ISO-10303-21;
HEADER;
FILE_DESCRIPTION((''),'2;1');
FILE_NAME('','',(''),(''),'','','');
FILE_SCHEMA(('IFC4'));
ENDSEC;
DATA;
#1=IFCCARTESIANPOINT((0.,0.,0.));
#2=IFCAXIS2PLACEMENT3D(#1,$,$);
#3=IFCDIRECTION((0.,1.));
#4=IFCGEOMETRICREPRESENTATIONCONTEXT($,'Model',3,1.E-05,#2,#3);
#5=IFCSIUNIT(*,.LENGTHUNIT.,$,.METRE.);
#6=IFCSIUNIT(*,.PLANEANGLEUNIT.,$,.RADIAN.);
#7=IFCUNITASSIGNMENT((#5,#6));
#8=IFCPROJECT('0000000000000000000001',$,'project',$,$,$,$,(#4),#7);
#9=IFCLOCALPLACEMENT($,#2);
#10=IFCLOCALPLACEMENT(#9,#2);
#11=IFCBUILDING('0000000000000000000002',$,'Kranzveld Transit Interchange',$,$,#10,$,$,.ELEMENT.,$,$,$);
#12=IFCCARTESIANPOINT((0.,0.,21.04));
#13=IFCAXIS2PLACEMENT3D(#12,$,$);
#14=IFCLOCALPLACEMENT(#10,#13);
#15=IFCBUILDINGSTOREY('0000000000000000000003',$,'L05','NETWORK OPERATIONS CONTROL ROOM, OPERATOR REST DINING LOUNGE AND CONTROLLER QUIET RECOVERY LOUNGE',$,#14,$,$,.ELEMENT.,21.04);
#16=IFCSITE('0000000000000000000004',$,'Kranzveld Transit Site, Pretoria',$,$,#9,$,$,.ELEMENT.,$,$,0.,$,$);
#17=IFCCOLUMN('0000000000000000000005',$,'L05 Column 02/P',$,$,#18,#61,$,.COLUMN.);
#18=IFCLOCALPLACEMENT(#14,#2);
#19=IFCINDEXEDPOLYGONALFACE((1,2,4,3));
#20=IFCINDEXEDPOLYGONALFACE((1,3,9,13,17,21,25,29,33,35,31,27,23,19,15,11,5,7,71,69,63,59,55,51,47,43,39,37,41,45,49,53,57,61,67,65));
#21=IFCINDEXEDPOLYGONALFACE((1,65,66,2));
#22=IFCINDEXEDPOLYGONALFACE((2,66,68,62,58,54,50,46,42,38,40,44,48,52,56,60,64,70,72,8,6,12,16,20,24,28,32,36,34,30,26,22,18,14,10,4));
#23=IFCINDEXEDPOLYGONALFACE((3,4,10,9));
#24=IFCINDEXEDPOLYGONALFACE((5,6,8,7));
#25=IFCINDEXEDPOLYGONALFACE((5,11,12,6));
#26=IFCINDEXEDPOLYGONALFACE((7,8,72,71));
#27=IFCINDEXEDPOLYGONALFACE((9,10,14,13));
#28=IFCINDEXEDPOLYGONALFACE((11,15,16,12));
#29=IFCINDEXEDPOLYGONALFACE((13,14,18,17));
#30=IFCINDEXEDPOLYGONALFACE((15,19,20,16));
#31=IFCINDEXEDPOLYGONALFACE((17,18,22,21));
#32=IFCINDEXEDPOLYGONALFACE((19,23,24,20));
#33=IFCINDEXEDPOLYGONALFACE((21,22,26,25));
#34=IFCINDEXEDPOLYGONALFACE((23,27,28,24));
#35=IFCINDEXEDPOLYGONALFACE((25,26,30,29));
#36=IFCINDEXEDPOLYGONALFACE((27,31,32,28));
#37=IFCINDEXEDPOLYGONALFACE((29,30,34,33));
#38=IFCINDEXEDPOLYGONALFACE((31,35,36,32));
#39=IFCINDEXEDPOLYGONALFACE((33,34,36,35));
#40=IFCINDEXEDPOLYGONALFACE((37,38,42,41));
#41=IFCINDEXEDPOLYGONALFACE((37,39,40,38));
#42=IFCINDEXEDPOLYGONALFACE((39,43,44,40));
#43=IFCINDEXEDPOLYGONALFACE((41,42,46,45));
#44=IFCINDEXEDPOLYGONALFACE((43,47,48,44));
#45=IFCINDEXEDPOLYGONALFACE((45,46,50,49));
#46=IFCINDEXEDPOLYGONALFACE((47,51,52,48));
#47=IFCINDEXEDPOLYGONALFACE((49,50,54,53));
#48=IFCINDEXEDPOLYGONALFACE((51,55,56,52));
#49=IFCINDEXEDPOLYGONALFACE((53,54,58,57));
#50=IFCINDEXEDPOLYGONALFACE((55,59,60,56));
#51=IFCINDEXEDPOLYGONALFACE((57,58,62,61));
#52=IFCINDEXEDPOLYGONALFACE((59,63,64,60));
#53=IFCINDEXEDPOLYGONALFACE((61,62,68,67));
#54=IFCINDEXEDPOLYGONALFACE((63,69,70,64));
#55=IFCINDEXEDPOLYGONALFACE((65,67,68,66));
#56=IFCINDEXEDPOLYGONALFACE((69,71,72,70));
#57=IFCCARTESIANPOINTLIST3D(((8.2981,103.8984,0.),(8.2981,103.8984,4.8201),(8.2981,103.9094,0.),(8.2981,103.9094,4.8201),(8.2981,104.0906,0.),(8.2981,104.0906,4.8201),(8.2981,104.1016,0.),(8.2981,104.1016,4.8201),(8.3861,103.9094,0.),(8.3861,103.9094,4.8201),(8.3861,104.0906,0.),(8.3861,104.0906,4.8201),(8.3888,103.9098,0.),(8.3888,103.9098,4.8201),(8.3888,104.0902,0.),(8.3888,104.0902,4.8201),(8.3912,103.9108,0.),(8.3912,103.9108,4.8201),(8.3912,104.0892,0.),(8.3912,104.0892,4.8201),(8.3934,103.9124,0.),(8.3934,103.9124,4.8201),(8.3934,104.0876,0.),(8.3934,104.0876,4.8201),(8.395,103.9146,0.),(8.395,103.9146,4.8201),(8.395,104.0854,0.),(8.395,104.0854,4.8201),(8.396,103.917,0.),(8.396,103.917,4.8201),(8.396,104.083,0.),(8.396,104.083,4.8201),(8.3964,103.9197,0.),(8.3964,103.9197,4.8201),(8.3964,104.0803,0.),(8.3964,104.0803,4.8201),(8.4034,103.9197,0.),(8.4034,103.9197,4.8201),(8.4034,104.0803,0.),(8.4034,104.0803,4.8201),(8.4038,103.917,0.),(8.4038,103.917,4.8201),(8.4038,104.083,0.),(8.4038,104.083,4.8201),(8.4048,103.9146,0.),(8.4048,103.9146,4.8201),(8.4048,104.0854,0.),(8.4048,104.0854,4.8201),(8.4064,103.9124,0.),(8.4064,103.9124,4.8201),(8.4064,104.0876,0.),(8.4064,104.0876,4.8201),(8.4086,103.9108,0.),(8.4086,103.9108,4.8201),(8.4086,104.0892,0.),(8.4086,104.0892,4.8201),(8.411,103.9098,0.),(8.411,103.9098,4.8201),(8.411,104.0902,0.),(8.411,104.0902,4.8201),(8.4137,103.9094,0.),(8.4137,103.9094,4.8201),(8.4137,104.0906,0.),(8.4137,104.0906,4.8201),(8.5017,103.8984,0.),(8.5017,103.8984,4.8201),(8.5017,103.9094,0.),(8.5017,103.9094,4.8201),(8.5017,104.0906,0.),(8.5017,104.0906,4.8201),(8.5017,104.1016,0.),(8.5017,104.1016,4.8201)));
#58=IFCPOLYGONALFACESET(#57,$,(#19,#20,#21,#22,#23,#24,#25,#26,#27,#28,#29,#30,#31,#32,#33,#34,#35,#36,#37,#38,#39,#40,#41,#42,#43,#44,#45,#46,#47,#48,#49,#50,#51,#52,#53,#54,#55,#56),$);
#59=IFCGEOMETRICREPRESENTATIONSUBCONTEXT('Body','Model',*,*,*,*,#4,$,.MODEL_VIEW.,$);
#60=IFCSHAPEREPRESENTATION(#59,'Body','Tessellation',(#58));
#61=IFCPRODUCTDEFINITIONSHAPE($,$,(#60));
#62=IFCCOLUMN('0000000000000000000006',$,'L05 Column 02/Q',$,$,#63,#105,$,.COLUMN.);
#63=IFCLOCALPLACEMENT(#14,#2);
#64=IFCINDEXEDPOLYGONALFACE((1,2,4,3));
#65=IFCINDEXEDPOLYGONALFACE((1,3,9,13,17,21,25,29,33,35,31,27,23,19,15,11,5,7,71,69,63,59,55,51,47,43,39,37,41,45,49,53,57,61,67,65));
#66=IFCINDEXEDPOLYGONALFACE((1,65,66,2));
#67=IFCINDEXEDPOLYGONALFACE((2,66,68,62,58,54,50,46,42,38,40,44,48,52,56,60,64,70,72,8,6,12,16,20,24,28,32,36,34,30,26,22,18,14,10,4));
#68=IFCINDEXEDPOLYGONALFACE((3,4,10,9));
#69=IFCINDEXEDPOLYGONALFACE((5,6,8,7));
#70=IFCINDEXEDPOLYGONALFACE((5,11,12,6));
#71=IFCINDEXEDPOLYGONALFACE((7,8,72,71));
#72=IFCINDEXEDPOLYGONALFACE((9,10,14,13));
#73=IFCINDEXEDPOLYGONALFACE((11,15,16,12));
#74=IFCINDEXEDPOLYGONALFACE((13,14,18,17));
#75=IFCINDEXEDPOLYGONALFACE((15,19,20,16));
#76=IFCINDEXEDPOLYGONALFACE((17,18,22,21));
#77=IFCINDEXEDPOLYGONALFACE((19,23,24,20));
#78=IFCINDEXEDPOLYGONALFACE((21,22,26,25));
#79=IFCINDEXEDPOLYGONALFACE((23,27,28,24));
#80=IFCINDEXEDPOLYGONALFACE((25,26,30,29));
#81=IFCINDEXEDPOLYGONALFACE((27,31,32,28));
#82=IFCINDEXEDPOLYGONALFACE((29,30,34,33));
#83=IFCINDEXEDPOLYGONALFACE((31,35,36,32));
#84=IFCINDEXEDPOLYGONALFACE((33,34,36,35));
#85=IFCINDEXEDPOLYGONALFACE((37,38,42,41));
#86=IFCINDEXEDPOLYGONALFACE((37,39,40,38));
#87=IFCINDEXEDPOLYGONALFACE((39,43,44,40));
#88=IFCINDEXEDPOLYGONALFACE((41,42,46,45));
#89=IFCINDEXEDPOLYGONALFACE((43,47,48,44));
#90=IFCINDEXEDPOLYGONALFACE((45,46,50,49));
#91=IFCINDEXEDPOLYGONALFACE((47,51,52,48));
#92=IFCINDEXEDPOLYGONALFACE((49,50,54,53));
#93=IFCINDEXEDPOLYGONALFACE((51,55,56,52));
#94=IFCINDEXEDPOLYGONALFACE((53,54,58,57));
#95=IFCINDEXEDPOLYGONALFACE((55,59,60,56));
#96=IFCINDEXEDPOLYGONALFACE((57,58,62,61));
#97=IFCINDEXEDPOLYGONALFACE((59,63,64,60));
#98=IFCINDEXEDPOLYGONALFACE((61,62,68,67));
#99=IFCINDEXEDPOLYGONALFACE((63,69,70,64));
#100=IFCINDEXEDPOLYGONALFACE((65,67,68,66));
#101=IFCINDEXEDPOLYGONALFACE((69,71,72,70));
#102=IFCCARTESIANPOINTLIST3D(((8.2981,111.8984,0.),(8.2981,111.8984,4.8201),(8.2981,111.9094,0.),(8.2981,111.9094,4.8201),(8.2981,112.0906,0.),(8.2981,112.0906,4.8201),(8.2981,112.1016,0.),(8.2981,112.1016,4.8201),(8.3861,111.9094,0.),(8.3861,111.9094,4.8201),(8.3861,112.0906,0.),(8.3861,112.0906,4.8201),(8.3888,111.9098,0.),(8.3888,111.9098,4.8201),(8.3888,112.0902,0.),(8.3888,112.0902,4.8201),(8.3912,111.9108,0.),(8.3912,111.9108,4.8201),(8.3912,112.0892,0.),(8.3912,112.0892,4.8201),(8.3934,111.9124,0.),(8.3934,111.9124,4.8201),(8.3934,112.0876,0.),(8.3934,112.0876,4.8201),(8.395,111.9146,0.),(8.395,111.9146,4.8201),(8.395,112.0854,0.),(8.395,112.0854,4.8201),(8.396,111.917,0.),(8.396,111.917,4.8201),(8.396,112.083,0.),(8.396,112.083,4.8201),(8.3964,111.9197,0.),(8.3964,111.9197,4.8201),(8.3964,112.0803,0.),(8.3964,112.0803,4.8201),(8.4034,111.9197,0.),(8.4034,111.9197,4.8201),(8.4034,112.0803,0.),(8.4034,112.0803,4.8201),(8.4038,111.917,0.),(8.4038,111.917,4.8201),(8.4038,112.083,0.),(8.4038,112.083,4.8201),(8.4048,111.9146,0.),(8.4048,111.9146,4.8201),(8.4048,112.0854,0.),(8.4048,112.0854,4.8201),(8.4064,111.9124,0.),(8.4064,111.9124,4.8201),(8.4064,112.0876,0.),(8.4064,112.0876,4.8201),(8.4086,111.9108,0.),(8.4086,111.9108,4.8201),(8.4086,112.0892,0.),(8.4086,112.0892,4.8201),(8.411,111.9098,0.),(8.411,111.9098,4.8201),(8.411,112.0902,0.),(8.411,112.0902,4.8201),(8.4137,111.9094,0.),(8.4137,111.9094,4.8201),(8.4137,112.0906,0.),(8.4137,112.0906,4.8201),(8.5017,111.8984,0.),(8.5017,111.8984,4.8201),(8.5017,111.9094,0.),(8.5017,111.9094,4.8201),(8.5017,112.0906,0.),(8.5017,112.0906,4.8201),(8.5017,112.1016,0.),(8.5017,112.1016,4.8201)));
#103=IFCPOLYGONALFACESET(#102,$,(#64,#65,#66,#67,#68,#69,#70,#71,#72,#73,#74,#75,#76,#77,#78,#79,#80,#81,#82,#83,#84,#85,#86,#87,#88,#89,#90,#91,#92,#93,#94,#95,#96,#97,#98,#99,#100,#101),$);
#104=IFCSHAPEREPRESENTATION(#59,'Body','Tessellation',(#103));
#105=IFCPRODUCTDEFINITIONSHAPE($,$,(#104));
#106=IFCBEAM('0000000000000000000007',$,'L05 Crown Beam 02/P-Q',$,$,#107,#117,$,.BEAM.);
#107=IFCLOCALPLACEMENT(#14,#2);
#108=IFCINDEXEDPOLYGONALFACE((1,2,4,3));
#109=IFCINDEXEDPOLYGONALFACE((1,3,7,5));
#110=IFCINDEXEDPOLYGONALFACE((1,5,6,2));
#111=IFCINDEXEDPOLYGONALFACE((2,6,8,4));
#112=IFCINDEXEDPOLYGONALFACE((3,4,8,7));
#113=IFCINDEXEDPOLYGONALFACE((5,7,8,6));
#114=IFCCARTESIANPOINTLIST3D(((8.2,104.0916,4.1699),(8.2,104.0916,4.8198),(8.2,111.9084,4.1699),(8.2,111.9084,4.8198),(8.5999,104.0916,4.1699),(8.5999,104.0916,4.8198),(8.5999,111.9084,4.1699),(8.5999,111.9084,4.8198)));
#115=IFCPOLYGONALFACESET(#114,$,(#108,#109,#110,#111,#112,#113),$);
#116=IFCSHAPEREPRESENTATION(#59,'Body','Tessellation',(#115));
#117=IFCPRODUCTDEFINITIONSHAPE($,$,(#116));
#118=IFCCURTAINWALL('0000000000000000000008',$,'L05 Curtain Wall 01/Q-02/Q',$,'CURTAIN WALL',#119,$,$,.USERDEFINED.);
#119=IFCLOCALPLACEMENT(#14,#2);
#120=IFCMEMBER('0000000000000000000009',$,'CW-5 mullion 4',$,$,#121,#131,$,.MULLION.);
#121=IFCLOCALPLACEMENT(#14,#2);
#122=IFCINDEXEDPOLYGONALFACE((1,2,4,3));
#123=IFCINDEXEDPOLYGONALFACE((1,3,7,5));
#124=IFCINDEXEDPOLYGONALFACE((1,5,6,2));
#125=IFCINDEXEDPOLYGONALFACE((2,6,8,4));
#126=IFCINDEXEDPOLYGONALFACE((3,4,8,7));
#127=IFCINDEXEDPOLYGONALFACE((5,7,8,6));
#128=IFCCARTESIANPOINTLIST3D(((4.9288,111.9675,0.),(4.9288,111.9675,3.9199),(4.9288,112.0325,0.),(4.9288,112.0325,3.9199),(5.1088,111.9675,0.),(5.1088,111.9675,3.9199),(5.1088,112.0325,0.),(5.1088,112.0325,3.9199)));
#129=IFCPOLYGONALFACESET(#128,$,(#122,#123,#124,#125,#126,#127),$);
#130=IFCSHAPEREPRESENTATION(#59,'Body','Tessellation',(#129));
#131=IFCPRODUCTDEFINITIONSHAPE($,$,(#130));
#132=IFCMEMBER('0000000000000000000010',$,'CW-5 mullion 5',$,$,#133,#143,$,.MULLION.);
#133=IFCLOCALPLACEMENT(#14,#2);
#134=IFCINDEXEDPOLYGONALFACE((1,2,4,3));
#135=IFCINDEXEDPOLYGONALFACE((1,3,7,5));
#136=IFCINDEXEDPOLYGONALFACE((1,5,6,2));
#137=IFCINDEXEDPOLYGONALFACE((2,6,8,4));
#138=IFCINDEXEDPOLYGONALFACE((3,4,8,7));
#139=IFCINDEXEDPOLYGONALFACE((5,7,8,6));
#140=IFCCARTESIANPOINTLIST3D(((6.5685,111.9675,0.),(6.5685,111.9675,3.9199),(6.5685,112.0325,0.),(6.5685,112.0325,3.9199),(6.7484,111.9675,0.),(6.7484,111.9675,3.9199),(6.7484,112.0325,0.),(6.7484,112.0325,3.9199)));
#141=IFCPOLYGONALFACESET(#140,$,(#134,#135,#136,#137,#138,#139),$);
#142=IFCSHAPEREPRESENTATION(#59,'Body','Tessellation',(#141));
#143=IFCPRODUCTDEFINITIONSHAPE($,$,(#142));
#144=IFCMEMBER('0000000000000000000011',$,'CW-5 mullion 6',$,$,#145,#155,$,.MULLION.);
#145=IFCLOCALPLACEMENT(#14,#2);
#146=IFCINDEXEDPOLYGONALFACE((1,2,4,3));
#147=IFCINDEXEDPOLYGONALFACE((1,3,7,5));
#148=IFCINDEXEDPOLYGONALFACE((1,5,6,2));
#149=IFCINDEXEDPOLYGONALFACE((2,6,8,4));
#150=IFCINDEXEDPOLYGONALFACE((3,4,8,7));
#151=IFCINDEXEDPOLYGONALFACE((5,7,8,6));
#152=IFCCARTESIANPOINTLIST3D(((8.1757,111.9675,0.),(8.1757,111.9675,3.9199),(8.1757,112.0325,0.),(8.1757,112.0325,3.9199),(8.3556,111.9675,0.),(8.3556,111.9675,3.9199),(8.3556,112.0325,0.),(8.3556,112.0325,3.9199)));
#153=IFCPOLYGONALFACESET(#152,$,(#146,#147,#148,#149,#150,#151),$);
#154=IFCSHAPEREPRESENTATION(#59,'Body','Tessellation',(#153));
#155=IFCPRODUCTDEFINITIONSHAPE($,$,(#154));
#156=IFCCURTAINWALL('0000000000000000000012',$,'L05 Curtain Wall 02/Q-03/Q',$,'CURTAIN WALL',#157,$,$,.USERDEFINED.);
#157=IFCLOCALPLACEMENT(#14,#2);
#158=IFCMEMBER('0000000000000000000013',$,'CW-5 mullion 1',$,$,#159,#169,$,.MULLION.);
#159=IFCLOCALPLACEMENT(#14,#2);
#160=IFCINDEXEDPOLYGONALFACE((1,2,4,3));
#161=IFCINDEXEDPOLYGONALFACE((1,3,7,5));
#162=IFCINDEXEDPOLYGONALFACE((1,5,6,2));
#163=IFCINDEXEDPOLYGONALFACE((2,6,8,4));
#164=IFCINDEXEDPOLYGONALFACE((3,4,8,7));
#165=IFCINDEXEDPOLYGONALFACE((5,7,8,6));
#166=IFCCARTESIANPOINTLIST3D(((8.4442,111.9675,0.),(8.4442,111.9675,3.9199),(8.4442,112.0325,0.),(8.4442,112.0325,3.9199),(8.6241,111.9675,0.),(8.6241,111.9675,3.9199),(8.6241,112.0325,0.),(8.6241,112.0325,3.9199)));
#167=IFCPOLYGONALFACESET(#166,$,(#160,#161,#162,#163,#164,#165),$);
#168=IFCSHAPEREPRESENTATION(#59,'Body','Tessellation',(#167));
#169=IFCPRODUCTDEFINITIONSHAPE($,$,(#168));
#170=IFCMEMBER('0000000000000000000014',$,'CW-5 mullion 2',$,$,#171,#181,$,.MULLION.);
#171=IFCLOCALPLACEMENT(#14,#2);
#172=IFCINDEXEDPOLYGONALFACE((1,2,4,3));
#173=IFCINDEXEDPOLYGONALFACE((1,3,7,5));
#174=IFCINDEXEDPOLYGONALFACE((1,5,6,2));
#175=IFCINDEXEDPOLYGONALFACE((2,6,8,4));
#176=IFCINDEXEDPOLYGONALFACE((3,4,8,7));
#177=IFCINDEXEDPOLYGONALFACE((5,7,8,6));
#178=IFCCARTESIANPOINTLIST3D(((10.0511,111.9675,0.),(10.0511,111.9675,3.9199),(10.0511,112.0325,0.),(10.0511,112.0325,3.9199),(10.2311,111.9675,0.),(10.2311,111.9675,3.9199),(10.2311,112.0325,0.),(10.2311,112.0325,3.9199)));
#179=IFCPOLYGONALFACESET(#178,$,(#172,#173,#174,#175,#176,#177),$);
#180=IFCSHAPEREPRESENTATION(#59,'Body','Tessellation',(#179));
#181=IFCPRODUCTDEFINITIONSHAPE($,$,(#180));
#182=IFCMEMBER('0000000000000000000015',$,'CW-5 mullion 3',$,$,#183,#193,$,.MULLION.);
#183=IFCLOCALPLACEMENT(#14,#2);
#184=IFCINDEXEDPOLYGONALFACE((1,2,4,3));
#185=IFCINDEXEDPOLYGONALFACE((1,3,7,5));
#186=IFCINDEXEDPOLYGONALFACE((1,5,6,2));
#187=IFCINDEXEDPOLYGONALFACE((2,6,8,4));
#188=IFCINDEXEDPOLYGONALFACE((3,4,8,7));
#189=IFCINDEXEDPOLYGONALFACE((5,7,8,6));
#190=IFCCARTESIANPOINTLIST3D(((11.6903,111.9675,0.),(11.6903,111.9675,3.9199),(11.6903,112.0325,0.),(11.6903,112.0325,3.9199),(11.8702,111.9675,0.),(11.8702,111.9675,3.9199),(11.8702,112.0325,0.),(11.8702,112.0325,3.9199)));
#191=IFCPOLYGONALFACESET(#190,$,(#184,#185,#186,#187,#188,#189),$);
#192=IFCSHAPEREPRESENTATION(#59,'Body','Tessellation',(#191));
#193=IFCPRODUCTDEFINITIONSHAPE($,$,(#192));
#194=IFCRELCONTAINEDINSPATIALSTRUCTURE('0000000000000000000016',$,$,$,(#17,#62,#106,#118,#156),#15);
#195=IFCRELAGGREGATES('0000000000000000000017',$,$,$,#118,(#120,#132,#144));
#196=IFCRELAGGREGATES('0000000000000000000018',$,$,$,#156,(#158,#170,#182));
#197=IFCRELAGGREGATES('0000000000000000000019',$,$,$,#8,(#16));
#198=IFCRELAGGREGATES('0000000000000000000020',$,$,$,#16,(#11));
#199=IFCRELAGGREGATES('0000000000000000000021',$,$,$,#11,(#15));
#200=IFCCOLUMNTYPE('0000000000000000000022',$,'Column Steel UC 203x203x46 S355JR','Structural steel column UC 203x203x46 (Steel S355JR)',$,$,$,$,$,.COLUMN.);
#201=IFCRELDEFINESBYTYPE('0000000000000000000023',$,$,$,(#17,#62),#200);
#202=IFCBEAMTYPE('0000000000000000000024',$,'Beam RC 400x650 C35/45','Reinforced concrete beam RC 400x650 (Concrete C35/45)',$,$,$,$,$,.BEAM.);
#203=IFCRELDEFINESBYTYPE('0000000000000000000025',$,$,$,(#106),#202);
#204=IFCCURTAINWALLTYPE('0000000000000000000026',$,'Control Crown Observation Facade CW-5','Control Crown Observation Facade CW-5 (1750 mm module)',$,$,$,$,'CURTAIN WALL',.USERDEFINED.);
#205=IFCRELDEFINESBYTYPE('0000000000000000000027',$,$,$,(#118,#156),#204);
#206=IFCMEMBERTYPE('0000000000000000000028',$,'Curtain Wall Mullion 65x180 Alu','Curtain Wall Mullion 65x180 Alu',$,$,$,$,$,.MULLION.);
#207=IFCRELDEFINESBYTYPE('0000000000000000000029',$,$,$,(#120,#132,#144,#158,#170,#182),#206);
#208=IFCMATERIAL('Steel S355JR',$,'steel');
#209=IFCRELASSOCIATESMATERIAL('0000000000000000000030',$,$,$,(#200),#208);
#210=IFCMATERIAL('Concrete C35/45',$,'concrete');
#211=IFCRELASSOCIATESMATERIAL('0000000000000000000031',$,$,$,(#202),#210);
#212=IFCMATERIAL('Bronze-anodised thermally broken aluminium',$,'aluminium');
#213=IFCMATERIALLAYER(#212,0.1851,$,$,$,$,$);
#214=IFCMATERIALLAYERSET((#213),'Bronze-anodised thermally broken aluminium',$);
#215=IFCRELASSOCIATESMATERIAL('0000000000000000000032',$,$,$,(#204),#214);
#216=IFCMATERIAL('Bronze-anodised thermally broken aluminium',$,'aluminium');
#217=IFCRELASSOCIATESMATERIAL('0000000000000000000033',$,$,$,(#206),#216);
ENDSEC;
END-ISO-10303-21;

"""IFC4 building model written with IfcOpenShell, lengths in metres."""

from ifc_helpers import new_model, si_unit, direction, frame, origin, origin_2d, place, context, subcontext, project, spatial, rectangle, i_section, extrude, material, layer, layer_set, material_profile, profile_set, type_object, element, aggregate, save


model = new_model("IFC4")

# Units and contexts
model_context = context("Model", 3, precision=1e-05, world=origin(), true_north=direction((0.0, 1.0)))
body_context = subcontext(model_context, "Body", "Model", "MODEL_VIEW")
ifc_project = project(units=[si_unit("LENGTHUNIT", "METRE"), si_unit("PLANEANGLEUNIT", "RADIAN")], contexts=[model_context])

# Site, building, storey
site_placement = place(None, origin())
site = spatial("IfcSite", under=ifc_project, at=site_placement, Name="Kranzveld Transit Site, Pretoria", CompositionType="ELEMENT", RefElevation=0.0)
building_placement = place(site_placement, origin())
building = spatial("IfcBuilding", under=site, at=building_placement, Name="Kranzveld Transit Interchange", CompositionType="ELEMENT")
storey_placement = place(building_placement, frame((0.0, 0.0, 21.04)))
storey = spatial("IfcBuildingStorey", under=building, at=storey_placement, Name="L05", Description="NETWORK OPERATIONS CONTROL ROOM, OPERATOR REST DINING LOUNGE AND CONTROLLER QUIET RECOVERY LOUNGE", CompositionType="ELEMENT", Elevation=21.04)

# Columns
ifc_material_1 = material(Name="Steel S355JR", Category="steel")
ifc_material_profile_1 = material_profile(ifc_material_1, i_section(OverallWidth=0.2036, OverallDepth=0.2031, WebThickness=0.0071, FlangeThickness=0.011, FilletRadius=0.0103, at=origin_2d()), Name="UC 203x203x46")
ifc_profile_set_1 = profile_set([ifc_material_profile_1], Name="Steel S355JR")
column_type = type_object("IfcColumnType", Name="Column Steel UC 203x203x46 S355JR", Description="Structural steel column UC 203x203x46 (Steel S355JR)", PredefinedType="COLUMN", material=ifc_profile_set_1)
for number, where, z_axis, x_axis, name in (
    (1, (8.3999, 104.0, 0.0), (0.0, 0.0, 1.0), (1.0, 0.0, 0.0), "L05 Column 02/P"),
    (2, (8.3999, 112.0, 0.0), (0.0, 0.0, 1.0), (1.0, 0.0, 0.0), "L05 Column 02/Q"),
):
    element("IfcColumn", number, at=place(storey_placement, frame(where, z_axis=z_axis, x_axis=x_axis)), inside=storey, type_object=column_type, Name=name, PredefinedType="COLUMN", context=body_context, shape_type="SweptSolid", body=[
        extrude(i_section(OverallWidth=0.2036, OverallDepth=0.2031, WebThickness=0.0071, FlangeThickness=0.011, FilletRadius=0.0103, at=origin_2d()), origin(), (0.0, 0.0, 1.0), 4.8201),
    ])

# Beam
ifc_material_2 = material(Name="Concrete C35/45", Category="concrete")
ifc_material_profile_2 = material_profile(ifc_material_2, rectangle(XDim=0.3999, YDim=0.6499, at=origin_2d()), Name="RC 400x650")
ifc_profile_set_2 = profile_set([ifc_material_profile_2], Name="Concrete C35/45")
beam_type_1 = type_object("IfcBeamType", Name="Beam RC 400x650 C35/45", Description="Reinforced concrete beam RC 400x650 (Concrete C35/45)", PredefinedType="BEAM", material=ifc_profile_set_2)
beam_1_placement = place(storey_placement, frame((8.3999, 104.0916, 4.4949), z_axis=(0.0, 1.0, 0.0), x_axis=(-1.0, 0.0, 0.0)))
element("IfcBeam", 3, at=beam_1_placement, inside=storey, type_object=beam_type_1, Name="L05 Crown Beam 02/P-Q", PredefinedType="BEAM", context=body_context, shape_type="SweptSolid", body=[
    extrude(rectangle(XDim=0.3999, YDim=0.6499, at=origin_2d()), origin(), (0.0, 0.0, 1.0), 7.8169),
])

# Curtain walls, members
ifc_material_3 = material(Name="Bronze-anodised thermally broken aluminium", Category="aluminium")
ifc_layer_1 = layer(ifc_material_3, 0.1851)
ifc_layer_set_1 = layer_set([ifc_layer_1], Name="Bronze-anodised thermally broken aluminium")
curtain_wall_type = type_object("IfcCurtainWallType", Name="Control Crown Observation Facade CW-5", Description="Control Crown Observation Facade CW-5 (1750 mm module)", ElementType="CURTAIN WALL", PredefinedType="USERDEFINED", material=ifc_layer_set_1)
curtain_wall_1_placement = place(storey_placement, origin())
curtain_wall_1 = element("IfcCurtainWall", 4, at=curtain_wall_1_placement, inside=storey, type_object=curtain_wall_type, Name="L05 Curtain Wall 01/Q-02/Q", ObjectType="CURTAIN WALL", PredefinedType="USERDEFINED")
ifc_material_4 = material(Name="Bronze-anodised thermally broken aluminium", Category="aluminium")
ifc_material_profile_3 = material_profile(ifc_material_4, rectangle(XDim=0.0649, YDim=0.1799, at=origin_2d()), Name="ALU MULLION 65x180")
ifc_profile_set_3 = profile_set([ifc_material_profile_3], Name="Bronze-anodised thermally broken aluminium")
member_type_1 = type_object("IfcMemberType", Name="Curtain Wall Mullion 65x180 Alu", Description="Curtain Wall Mullion 65x180 Alu", PredefinedType="MULLION", material=ifc_profile_set_3)
member_1_placement = place(storey_placement, frame((5.0188, 112.0, 0.0), z_axis=(0.0, 0.0, 1.0), x_axis=(0.0, 1.0, 0.0)))
member_1 = element("IfcMember", 5, at=member_1_placement, type_object=member_type_1, Name="CW-5 mullion 4", PredefinedType="MULLION", context=body_context, shape_type="SweptSolid", body=[
    extrude(rectangle(XDim=0.0649, YDim=0.1799, at=origin_2d()), origin(), (0.0, 0.0, 1.0), 3.9199),
])
member_2_placement = place(storey_placement, frame((6.6584, 112.0, 0.0), z_axis=(0.0, 0.0, 1.0), x_axis=(0.0, 1.0, 0.0)))
member_2 = element("IfcMember", 6, at=member_2_placement, type_object=member_type_1, Name="CW-5 mullion 5", PredefinedType="MULLION", context=body_context, shape_type="SweptSolid", body=[
    extrude(rectangle(XDim=0.0649, YDim=0.1799, at=origin_2d()), origin(), (0.0, 0.0, 1.0), 3.9199),
])
member_3_placement = place(storey_placement, frame((8.2656, 112.0, 0.0), z_axis=(0.0, 0.0, 1.0), x_axis=(0.0, 1.0, 0.0)))
member_3 = element("IfcMember", 7, at=member_3_placement, type_object=member_type_1, Name="CW-5 mullion 6", PredefinedType="MULLION", context=body_context, shape_type="SweptSolid", body=[
    extrude(rectangle(XDim=0.0649, YDim=0.1799, at=origin_2d()), origin(), (0.0, 0.0, 1.0), 3.9199),
])
curtain_wall_2_placement = place(storey_placement, origin())
curtain_wall_2 = element("IfcCurtainWall", 8, at=curtain_wall_2_placement, inside=storey, type_object=curtain_wall_type, Name="L05 Curtain Wall 02/Q-03/Q", ObjectType="CURTAIN WALL", PredefinedType="USERDEFINED")
member_4_placement = place(storey_placement, frame((8.5342, 112.0, 0.0), z_axis=(0.0, 0.0, 1.0), x_axis=(0.0, 1.0, 0.0)))
member_4 = element("IfcMember", 9, at=member_4_placement, type_object=member_type_1, Name="CW-5 mullion 1", PredefinedType="MULLION", context=body_context, shape_type="SweptSolid", body=[
    extrude(rectangle(XDim=0.0649, YDim=0.1799, at=origin_2d()), origin(), (0.0, 0.0, 1.0), 3.9199),
])
member_5_placement = place(storey_placement, frame((10.1411, 112.0, 0.0), z_axis=(0.0, 0.0, 1.0), x_axis=(0.0, 1.0, 0.0)))
member_5 = element("IfcMember", 10, at=member_5_placement, type_object=member_type_1, Name="CW-5 mullion 2", PredefinedType="MULLION", context=body_context, shape_type="SweptSolid", body=[
    extrude(rectangle(XDim=0.0649, YDim=0.1799, at=origin_2d()), origin(), (0.0, 0.0, 1.0), 3.9199),
])
member_6_placement = place(storey_placement, frame((11.7803, 112.0, 0.0), z_axis=(0.0, 0.0, 1.0), x_axis=(0.0, 1.0, 0.0)))
member_6 = element("IfcMember", 11, at=member_6_placement, type_object=member_type_1, Name="CW-5 mullion 3", PredefinedType="MULLION", context=body_context, shape_type="SweptSolid", body=[
    extrude(rectangle(XDim=0.0649, YDim=0.1799, at=origin_2d()), origin(), (0.0, 0.0, 1.0), 3.9199),
])

aggregate(curtain_wall_1, [member_1, member_2, member_3])
aggregate(curtain_wall_2, [member_4, member_5, member_6])

save(model, "model.ifc")
